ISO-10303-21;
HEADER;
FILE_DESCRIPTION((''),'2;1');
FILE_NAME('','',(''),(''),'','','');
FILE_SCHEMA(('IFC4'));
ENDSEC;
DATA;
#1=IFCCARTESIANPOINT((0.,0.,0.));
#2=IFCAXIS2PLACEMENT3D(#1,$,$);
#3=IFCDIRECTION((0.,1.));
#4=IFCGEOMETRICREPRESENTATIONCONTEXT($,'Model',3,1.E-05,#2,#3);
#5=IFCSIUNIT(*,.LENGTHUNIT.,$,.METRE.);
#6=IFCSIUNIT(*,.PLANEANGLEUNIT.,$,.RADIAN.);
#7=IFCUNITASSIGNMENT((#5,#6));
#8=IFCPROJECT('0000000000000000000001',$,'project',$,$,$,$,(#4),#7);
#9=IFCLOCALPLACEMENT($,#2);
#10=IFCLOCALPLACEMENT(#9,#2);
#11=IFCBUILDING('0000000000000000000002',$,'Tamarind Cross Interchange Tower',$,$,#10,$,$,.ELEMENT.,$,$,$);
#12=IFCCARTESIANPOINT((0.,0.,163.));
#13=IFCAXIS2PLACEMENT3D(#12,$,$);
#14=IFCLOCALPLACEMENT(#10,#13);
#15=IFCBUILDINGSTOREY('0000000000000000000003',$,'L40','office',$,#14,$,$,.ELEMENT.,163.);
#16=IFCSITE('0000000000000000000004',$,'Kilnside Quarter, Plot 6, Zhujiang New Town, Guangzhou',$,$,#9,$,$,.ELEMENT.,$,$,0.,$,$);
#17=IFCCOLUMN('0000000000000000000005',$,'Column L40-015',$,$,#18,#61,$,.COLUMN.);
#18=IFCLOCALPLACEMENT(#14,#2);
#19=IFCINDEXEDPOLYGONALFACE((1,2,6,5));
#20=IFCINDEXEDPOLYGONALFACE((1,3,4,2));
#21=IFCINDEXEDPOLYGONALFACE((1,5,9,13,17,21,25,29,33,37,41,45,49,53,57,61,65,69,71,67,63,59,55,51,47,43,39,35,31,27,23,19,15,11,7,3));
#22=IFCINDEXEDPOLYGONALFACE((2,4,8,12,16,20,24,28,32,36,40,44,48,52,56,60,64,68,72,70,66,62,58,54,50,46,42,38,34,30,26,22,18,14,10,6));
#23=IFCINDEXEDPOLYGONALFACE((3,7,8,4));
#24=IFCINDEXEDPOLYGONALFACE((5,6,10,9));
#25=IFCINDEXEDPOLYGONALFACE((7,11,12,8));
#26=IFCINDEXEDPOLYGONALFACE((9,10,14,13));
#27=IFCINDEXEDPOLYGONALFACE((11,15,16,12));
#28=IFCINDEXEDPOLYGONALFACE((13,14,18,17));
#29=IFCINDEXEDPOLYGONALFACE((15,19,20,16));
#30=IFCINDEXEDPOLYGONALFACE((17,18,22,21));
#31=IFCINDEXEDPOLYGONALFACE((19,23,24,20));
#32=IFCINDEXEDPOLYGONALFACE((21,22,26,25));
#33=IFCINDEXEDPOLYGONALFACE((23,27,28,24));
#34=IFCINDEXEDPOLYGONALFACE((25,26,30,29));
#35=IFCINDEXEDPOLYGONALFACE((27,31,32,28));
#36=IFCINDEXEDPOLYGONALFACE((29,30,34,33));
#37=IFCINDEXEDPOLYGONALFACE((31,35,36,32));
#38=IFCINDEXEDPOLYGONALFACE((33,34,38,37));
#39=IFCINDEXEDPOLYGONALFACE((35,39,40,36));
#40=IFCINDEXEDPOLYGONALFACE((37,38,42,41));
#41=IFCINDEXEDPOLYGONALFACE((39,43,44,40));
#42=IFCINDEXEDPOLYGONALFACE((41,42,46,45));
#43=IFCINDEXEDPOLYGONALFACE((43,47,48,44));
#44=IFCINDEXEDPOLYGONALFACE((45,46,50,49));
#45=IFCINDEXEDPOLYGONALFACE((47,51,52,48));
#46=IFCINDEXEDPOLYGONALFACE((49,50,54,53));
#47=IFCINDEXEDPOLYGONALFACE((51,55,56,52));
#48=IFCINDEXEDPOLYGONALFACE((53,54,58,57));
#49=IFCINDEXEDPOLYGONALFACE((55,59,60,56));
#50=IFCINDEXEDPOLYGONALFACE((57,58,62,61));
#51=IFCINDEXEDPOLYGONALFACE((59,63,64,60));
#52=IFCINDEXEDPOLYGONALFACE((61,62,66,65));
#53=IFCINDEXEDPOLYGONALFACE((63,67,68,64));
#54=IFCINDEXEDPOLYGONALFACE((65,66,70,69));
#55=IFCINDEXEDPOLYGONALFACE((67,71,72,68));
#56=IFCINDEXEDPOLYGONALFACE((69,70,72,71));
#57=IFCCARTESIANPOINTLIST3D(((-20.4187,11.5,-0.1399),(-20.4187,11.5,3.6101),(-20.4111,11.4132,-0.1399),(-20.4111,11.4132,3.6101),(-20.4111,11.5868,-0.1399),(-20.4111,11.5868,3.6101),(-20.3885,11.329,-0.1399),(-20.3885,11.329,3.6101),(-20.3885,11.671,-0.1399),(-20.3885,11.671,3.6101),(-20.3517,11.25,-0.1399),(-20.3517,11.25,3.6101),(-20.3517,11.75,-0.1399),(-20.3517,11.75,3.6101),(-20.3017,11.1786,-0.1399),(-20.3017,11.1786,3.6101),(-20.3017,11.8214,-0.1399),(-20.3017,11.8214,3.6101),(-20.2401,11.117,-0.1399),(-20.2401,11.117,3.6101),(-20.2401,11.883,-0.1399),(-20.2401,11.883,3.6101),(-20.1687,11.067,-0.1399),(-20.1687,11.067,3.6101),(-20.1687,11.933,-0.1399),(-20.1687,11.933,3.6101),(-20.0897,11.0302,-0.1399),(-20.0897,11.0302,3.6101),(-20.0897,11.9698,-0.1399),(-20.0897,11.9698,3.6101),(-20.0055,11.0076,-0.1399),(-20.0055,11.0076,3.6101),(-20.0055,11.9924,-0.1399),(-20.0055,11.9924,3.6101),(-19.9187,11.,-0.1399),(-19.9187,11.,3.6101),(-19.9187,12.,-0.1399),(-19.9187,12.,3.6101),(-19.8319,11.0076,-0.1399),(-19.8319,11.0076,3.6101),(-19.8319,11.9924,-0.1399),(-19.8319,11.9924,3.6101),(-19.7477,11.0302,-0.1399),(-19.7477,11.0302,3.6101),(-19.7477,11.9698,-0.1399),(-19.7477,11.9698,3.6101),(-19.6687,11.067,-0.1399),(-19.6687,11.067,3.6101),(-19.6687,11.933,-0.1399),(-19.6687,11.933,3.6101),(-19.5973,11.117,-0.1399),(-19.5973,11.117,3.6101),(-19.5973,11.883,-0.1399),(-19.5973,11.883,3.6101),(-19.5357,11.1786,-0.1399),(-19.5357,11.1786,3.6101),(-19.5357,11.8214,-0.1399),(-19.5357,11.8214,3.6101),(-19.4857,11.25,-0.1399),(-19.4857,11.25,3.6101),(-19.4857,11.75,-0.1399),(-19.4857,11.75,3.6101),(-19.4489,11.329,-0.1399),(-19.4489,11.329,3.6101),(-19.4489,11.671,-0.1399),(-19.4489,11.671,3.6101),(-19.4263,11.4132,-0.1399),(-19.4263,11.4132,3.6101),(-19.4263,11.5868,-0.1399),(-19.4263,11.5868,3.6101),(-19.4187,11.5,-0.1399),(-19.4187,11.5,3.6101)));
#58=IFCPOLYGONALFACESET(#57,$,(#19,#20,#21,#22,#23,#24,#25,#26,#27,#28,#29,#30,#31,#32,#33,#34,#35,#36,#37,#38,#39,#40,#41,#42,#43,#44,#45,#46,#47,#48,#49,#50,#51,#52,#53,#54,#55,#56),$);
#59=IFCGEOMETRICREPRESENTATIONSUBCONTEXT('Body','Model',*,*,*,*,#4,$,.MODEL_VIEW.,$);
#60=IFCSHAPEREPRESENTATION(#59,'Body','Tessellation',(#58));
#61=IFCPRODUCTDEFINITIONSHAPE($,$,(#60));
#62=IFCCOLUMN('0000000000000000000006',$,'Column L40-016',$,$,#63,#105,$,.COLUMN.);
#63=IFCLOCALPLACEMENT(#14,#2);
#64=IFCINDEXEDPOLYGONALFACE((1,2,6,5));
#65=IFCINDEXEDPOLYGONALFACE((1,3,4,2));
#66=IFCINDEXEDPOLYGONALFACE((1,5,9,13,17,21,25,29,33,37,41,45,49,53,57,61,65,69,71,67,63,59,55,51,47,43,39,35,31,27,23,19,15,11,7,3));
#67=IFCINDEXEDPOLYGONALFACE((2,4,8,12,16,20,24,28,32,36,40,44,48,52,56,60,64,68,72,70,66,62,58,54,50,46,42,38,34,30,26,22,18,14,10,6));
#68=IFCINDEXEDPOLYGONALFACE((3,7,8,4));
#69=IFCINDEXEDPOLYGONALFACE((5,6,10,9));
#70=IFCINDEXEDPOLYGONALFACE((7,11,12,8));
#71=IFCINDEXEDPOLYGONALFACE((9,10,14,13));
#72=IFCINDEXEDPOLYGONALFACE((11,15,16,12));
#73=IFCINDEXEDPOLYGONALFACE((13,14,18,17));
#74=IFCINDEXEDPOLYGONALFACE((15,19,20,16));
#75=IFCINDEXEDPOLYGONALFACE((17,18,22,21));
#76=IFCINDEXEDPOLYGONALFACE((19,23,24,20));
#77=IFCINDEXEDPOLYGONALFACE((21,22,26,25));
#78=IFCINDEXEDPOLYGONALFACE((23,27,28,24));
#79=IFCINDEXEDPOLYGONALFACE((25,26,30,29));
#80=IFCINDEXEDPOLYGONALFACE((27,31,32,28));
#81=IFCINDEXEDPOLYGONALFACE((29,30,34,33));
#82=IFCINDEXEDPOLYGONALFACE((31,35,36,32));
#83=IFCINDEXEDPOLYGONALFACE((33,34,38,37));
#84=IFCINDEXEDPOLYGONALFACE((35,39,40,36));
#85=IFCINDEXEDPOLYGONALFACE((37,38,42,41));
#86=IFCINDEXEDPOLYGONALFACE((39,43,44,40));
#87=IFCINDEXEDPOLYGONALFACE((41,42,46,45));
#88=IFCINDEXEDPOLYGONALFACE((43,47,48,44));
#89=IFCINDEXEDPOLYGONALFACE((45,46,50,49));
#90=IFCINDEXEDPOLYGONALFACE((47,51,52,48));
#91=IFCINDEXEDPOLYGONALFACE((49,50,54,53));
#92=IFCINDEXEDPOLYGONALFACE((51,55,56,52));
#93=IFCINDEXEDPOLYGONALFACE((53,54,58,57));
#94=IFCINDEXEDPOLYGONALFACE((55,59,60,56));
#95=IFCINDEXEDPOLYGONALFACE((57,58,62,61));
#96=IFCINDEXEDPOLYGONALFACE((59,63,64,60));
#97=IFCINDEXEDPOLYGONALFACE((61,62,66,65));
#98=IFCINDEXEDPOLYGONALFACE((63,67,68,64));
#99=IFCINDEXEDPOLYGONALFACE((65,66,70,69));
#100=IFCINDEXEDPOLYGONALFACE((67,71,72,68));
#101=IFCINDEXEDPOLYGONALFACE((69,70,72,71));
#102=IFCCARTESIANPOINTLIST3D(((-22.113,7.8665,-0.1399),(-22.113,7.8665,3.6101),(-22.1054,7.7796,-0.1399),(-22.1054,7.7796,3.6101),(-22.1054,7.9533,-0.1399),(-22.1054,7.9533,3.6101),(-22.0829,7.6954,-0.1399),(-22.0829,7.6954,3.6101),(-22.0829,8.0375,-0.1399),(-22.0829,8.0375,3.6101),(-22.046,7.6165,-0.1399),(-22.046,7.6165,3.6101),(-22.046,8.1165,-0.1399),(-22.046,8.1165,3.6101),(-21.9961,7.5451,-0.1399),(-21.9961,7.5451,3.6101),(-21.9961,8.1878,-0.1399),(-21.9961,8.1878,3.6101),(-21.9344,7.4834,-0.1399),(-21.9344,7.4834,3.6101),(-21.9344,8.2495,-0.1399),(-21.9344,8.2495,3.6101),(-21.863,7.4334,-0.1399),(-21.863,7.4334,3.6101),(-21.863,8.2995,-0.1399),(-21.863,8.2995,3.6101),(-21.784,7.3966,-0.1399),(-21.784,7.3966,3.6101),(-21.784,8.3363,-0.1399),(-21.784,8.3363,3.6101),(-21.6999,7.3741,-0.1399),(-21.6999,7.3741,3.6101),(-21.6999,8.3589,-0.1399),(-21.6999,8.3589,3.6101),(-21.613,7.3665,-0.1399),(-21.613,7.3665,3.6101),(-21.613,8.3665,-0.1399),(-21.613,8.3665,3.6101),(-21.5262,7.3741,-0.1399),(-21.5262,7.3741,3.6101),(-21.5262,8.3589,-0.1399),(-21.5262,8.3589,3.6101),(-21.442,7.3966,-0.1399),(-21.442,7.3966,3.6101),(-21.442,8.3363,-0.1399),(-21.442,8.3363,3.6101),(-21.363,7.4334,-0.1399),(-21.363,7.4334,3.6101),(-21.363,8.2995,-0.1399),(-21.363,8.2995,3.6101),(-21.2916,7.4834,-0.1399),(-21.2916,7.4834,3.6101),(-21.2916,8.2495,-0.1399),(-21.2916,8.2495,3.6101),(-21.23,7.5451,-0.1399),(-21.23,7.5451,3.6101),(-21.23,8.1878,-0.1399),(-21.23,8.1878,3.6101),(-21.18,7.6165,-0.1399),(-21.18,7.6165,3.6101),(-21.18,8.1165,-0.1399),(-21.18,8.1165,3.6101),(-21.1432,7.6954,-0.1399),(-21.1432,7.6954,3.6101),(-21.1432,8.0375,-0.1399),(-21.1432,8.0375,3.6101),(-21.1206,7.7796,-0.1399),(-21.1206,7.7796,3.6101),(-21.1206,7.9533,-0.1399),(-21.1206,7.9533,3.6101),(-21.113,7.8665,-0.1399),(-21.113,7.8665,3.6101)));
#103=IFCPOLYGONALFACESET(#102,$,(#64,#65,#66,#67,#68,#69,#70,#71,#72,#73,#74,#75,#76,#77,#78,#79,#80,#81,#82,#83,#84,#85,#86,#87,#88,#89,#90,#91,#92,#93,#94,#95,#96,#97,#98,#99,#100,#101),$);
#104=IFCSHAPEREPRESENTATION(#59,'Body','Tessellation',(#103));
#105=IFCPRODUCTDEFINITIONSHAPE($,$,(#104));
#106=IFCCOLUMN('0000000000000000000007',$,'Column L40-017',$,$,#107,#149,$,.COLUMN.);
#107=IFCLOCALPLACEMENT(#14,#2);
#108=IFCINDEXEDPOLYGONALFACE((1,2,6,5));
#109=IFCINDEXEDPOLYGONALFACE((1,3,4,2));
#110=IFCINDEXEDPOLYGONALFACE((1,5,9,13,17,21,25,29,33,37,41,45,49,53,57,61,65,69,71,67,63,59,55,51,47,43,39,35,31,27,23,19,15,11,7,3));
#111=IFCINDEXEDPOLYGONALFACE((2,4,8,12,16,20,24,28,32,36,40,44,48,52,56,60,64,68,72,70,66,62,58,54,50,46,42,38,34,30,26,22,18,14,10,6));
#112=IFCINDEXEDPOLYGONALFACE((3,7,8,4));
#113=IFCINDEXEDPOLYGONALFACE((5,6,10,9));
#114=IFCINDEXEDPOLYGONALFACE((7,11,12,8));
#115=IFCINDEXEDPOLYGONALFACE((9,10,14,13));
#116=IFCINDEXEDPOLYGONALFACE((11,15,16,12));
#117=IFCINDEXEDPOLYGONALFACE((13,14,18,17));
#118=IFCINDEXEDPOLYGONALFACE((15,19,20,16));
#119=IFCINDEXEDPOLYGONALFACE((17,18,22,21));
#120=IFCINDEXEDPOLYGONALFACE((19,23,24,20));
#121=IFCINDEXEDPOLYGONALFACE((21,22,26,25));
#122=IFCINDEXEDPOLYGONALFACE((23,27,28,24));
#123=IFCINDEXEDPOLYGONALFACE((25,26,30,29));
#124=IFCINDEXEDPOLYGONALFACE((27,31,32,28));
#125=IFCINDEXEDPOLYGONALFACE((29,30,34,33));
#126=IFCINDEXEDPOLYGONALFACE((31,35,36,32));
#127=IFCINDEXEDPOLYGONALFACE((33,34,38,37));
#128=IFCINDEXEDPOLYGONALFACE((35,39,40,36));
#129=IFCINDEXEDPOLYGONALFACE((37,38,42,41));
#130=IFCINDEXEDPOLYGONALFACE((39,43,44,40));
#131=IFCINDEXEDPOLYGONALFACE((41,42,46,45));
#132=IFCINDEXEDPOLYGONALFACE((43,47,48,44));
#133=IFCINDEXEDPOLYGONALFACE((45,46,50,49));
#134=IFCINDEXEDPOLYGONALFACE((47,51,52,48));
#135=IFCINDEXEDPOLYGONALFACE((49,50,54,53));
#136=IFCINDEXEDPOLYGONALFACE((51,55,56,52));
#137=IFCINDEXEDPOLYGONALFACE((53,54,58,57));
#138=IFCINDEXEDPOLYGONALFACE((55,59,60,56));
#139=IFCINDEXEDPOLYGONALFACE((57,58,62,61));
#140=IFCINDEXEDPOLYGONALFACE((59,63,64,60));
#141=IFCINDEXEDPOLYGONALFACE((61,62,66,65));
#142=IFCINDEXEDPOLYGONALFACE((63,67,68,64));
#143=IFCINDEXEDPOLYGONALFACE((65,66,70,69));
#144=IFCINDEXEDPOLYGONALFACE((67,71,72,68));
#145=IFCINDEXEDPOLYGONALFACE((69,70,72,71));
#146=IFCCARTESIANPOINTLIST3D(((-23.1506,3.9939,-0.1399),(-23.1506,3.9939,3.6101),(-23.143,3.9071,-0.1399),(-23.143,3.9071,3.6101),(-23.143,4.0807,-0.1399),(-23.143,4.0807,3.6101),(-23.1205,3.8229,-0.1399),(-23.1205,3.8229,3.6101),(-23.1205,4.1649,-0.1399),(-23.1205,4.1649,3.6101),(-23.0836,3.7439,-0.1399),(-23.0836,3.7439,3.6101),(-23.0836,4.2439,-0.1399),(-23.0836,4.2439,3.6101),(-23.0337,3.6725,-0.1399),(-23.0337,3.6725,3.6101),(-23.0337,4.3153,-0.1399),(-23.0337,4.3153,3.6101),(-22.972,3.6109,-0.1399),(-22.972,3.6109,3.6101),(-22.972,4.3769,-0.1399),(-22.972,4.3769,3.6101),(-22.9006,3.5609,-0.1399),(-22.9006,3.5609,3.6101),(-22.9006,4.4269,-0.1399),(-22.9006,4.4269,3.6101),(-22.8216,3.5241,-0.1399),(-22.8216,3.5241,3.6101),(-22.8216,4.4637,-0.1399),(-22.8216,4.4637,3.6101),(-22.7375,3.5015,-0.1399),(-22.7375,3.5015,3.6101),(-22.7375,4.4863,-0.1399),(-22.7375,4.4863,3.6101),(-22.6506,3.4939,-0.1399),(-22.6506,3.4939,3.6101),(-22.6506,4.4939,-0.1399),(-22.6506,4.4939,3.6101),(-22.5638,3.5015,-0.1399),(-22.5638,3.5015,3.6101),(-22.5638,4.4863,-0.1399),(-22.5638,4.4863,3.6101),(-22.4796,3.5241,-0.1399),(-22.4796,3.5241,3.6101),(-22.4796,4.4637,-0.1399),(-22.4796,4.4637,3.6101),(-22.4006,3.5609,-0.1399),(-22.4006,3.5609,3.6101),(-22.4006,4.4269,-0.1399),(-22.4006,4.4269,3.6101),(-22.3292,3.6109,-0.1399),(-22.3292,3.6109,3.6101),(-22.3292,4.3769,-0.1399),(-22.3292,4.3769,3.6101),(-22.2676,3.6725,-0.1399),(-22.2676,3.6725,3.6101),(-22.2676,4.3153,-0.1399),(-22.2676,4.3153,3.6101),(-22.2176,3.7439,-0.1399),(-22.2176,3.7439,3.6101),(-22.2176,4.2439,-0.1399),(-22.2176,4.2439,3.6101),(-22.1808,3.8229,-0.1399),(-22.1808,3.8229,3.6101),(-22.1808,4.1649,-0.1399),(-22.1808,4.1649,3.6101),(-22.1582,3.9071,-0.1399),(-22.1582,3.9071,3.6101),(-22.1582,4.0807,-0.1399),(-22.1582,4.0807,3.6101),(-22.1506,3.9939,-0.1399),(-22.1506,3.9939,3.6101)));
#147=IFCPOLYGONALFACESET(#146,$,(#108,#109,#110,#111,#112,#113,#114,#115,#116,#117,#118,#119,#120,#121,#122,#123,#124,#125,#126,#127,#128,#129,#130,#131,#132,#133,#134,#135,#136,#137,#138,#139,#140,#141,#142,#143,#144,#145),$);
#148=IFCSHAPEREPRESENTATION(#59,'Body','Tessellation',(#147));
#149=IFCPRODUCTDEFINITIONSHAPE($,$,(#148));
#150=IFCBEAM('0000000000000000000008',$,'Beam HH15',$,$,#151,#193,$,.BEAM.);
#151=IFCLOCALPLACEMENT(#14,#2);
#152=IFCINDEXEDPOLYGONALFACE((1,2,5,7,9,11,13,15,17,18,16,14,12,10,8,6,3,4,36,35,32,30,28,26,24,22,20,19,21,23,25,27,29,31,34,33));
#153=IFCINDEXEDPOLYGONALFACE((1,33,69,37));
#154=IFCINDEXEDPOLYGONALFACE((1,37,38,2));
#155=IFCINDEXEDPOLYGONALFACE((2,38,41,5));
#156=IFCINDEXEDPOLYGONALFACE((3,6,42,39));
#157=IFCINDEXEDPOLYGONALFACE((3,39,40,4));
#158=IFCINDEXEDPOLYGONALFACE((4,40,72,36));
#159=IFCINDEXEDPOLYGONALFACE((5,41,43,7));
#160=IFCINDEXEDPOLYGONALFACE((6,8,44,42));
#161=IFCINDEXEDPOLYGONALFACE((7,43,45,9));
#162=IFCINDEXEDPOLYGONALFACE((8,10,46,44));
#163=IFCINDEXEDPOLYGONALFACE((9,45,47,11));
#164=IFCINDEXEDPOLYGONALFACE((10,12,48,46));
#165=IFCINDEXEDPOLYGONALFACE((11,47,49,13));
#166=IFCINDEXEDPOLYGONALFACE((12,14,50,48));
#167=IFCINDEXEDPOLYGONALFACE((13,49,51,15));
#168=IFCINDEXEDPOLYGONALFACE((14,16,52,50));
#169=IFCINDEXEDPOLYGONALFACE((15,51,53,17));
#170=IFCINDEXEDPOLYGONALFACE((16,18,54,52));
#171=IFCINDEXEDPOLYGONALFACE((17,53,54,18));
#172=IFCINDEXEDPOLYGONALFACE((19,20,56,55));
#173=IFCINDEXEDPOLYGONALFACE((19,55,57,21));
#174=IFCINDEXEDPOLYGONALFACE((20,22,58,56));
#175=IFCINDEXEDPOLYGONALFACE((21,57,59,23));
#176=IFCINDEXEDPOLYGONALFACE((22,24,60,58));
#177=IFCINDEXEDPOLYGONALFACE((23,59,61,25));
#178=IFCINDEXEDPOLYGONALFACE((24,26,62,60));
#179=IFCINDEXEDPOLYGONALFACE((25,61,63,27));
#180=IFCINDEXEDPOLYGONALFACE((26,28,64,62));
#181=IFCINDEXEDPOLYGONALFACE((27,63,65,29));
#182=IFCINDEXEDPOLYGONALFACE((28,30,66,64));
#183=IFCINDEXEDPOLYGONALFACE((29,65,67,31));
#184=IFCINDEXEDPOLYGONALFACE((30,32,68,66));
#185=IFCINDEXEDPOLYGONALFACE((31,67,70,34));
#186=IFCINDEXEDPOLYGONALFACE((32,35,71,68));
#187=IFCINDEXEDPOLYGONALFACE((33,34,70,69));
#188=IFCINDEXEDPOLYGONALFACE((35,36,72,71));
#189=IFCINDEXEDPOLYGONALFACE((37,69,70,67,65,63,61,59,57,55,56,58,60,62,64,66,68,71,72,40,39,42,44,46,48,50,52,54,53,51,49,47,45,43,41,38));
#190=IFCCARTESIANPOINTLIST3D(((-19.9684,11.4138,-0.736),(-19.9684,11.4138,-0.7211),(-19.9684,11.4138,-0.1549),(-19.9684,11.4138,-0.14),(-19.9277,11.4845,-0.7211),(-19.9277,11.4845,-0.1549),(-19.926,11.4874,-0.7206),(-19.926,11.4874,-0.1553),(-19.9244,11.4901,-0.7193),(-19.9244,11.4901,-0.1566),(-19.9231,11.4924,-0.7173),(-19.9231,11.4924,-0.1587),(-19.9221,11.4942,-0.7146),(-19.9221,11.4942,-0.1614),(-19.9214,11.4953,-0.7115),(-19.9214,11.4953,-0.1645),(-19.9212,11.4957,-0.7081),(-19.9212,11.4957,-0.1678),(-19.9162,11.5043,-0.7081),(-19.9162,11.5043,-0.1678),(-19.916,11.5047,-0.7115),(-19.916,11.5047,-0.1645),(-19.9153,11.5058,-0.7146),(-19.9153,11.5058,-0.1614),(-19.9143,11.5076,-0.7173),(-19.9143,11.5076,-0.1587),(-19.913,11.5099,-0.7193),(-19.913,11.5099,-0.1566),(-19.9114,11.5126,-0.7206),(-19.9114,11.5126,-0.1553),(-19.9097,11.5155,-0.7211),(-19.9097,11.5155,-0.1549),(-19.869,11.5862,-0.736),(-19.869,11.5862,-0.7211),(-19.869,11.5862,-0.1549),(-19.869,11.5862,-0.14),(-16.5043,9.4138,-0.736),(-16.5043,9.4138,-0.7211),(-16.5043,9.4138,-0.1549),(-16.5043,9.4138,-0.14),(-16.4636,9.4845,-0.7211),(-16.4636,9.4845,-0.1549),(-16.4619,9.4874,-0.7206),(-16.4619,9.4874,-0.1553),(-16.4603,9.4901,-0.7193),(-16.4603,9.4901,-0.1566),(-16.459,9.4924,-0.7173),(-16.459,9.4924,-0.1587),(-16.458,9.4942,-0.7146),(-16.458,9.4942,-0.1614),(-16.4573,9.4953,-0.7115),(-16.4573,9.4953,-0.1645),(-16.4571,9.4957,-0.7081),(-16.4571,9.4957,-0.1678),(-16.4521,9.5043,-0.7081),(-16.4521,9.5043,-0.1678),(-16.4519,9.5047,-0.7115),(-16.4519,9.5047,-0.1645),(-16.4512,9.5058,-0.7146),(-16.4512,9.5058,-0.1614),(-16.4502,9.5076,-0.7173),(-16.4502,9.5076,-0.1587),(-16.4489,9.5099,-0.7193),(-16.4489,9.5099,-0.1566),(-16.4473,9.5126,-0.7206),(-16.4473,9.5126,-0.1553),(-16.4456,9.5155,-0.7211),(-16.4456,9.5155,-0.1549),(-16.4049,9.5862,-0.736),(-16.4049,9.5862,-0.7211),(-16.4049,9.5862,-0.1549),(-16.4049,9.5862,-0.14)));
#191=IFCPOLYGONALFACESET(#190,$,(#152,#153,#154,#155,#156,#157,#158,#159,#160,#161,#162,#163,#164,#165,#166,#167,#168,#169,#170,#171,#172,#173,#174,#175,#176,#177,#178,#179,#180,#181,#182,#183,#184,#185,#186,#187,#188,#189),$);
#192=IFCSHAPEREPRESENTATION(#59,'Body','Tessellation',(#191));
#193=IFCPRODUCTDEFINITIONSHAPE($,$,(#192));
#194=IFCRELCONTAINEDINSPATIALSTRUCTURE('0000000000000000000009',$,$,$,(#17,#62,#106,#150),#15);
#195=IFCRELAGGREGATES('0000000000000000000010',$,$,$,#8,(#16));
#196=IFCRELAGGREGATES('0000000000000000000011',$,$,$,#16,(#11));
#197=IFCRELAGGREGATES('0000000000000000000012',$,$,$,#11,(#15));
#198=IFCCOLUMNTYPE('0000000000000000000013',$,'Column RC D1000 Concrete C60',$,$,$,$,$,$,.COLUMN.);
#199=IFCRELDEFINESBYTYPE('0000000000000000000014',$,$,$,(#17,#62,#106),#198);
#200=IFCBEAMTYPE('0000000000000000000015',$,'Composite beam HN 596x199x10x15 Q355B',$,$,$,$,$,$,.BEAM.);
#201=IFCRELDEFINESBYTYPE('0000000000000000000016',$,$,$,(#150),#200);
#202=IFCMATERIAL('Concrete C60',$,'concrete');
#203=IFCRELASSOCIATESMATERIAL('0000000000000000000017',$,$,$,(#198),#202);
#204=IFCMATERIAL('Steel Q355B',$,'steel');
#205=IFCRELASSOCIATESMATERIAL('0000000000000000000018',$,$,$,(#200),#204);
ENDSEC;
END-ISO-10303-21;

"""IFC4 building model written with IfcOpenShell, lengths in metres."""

from ifc_helpers import new_model, si_unit, direction, frame, origin, origin_2d, place, context, subcontext, project, spatial, circle, i_section, extrude, material, material_profile, profile_set, type_object, element, save


model = new_model("IFC4")

# Units and contexts
model_context = context("Model", 3, precision=1e-05, world=origin(), true_north=direction((0.0, 1.0)))
body_context = subcontext(model_context, "Body", "Model", "MODEL_VIEW")
ifc_project = project(units=[si_unit("LENGTHUNIT", "METRE"), si_unit("PLANEANGLEUNIT", "RADIAN")], contexts=[model_context])

# Site, building, storey
site_placement = place(None, origin())
site = spatial("IfcSite", under=ifc_project, at=site_placement, Name="Kilnside Quarter, Plot 6, Zhujiang New Town, Guangzhou", CompositionType="ELEMENT", RefElevation=0.0)
building_placement = place(site_placement, origin())
building = spatial("IfcBuilding", under=site, at=building_placement, Name="Tamarind Cross Interchange Tower", CompositionType="ELEMENT")
storey_placement = place(building_placement, frame((0.0, 0.0, 163.0)))
storey = spatial("IfcBuildingStorey", under=building, at=storey_placement, Name="L40", Description="office", CompositionType="ELEMENT", Elevation=163.0)

# Columns
ifc_material_1 = material(Name="Concrete C60", Category="concrete")
ifc_material_profile_1 = material_profile(ifc_material_1, circle(Radius=0.5, at=origin_2d()), Name="RC D1000")
ifc_profile_set_1 = profile_set([ifc_material_profile_1], Name="Concrete C60")
column_type = type_object("IfcColumnType", Name="Column RC D1000 Concrete C60", PredefinedType="COLUMN", material=ifc_profile_set_1)
for number, where, z_axis, x_axis, name in (
    (1, (-19.9187, 11.5, -0.1399), (0.0, 0.0, 1.0), (1.0, 0.0, 0.0), "Column L40-015"),
    (2, (-21.613, 7.8665, -0.1399), (0.0, 0.0, 1.0), (1.0, 0.0, 0.0), "Column L40-016"),
    (3, (-22.6506, 3.9939, -0.1399), (0.0, 0.0, 1.0), (1.0, 0.0, 0.0), "Column L40-017"),
):
    element("IfcColumn", number, at=place(storey_placement, frame(where, z_axis=z_axis, x_axis=x_axis)), inside=storey, type_object=column_type, Name=name, PredefinedType="COLUMN", context=body_context, shape_type="SweptSolid", body=[
        extrude(circle(Radius=0.5, at=origin_2d()), origin(), (0.0, 0.0, 1.0), 3.75),
    ])

# Beam
ifc_material_2 = material(Name="Steel Q355B", Category="steel")
ifc_material_profile_2 = material_profile(ifc_material_2, i_section(OverallWidth=0.199, OverallDepth=0.5959, WebThickness=0.01, FlangeThickness=0.0149, FilletRadius=0.0129, at=origin_2d()), Name="HN 596x199x10x15")
ifc_profile_set_2 = profile_set([ifc_material_profile_2], Name="Steel Q355B")
beam_type = type_object("IfcBeamType", Name="Composite beam HN 596x199x10x15 Q355B", PredefinedType="BEAM", material=ifc_profile_set_2)
beam_1_placement = place(storey_placement, frame((-19.9187, 11.5, -0.438), z_axis=(0.866026, -0.499999, 0.0), x_axis=(0.499999, 0.866026, 0.0)))
element("IfcBeam", 4, at=beam_1_placement, inside=storey, type_object=beam_type, Name="Beam HH15", PredefinedType="BEAM", context=body_context, shape_type="SweptSolid", body=[
    extrude(i_section(OverallWidth=0.199, OverallDepth=0.5959, WebThickness=0.01, FlangeThickness=0.0149, FilletRadius=0.0129, at=origin_2d()), origin(), (0.0, 0.0, 1.0), 4.0),
])

save(model, "model.ifc")
